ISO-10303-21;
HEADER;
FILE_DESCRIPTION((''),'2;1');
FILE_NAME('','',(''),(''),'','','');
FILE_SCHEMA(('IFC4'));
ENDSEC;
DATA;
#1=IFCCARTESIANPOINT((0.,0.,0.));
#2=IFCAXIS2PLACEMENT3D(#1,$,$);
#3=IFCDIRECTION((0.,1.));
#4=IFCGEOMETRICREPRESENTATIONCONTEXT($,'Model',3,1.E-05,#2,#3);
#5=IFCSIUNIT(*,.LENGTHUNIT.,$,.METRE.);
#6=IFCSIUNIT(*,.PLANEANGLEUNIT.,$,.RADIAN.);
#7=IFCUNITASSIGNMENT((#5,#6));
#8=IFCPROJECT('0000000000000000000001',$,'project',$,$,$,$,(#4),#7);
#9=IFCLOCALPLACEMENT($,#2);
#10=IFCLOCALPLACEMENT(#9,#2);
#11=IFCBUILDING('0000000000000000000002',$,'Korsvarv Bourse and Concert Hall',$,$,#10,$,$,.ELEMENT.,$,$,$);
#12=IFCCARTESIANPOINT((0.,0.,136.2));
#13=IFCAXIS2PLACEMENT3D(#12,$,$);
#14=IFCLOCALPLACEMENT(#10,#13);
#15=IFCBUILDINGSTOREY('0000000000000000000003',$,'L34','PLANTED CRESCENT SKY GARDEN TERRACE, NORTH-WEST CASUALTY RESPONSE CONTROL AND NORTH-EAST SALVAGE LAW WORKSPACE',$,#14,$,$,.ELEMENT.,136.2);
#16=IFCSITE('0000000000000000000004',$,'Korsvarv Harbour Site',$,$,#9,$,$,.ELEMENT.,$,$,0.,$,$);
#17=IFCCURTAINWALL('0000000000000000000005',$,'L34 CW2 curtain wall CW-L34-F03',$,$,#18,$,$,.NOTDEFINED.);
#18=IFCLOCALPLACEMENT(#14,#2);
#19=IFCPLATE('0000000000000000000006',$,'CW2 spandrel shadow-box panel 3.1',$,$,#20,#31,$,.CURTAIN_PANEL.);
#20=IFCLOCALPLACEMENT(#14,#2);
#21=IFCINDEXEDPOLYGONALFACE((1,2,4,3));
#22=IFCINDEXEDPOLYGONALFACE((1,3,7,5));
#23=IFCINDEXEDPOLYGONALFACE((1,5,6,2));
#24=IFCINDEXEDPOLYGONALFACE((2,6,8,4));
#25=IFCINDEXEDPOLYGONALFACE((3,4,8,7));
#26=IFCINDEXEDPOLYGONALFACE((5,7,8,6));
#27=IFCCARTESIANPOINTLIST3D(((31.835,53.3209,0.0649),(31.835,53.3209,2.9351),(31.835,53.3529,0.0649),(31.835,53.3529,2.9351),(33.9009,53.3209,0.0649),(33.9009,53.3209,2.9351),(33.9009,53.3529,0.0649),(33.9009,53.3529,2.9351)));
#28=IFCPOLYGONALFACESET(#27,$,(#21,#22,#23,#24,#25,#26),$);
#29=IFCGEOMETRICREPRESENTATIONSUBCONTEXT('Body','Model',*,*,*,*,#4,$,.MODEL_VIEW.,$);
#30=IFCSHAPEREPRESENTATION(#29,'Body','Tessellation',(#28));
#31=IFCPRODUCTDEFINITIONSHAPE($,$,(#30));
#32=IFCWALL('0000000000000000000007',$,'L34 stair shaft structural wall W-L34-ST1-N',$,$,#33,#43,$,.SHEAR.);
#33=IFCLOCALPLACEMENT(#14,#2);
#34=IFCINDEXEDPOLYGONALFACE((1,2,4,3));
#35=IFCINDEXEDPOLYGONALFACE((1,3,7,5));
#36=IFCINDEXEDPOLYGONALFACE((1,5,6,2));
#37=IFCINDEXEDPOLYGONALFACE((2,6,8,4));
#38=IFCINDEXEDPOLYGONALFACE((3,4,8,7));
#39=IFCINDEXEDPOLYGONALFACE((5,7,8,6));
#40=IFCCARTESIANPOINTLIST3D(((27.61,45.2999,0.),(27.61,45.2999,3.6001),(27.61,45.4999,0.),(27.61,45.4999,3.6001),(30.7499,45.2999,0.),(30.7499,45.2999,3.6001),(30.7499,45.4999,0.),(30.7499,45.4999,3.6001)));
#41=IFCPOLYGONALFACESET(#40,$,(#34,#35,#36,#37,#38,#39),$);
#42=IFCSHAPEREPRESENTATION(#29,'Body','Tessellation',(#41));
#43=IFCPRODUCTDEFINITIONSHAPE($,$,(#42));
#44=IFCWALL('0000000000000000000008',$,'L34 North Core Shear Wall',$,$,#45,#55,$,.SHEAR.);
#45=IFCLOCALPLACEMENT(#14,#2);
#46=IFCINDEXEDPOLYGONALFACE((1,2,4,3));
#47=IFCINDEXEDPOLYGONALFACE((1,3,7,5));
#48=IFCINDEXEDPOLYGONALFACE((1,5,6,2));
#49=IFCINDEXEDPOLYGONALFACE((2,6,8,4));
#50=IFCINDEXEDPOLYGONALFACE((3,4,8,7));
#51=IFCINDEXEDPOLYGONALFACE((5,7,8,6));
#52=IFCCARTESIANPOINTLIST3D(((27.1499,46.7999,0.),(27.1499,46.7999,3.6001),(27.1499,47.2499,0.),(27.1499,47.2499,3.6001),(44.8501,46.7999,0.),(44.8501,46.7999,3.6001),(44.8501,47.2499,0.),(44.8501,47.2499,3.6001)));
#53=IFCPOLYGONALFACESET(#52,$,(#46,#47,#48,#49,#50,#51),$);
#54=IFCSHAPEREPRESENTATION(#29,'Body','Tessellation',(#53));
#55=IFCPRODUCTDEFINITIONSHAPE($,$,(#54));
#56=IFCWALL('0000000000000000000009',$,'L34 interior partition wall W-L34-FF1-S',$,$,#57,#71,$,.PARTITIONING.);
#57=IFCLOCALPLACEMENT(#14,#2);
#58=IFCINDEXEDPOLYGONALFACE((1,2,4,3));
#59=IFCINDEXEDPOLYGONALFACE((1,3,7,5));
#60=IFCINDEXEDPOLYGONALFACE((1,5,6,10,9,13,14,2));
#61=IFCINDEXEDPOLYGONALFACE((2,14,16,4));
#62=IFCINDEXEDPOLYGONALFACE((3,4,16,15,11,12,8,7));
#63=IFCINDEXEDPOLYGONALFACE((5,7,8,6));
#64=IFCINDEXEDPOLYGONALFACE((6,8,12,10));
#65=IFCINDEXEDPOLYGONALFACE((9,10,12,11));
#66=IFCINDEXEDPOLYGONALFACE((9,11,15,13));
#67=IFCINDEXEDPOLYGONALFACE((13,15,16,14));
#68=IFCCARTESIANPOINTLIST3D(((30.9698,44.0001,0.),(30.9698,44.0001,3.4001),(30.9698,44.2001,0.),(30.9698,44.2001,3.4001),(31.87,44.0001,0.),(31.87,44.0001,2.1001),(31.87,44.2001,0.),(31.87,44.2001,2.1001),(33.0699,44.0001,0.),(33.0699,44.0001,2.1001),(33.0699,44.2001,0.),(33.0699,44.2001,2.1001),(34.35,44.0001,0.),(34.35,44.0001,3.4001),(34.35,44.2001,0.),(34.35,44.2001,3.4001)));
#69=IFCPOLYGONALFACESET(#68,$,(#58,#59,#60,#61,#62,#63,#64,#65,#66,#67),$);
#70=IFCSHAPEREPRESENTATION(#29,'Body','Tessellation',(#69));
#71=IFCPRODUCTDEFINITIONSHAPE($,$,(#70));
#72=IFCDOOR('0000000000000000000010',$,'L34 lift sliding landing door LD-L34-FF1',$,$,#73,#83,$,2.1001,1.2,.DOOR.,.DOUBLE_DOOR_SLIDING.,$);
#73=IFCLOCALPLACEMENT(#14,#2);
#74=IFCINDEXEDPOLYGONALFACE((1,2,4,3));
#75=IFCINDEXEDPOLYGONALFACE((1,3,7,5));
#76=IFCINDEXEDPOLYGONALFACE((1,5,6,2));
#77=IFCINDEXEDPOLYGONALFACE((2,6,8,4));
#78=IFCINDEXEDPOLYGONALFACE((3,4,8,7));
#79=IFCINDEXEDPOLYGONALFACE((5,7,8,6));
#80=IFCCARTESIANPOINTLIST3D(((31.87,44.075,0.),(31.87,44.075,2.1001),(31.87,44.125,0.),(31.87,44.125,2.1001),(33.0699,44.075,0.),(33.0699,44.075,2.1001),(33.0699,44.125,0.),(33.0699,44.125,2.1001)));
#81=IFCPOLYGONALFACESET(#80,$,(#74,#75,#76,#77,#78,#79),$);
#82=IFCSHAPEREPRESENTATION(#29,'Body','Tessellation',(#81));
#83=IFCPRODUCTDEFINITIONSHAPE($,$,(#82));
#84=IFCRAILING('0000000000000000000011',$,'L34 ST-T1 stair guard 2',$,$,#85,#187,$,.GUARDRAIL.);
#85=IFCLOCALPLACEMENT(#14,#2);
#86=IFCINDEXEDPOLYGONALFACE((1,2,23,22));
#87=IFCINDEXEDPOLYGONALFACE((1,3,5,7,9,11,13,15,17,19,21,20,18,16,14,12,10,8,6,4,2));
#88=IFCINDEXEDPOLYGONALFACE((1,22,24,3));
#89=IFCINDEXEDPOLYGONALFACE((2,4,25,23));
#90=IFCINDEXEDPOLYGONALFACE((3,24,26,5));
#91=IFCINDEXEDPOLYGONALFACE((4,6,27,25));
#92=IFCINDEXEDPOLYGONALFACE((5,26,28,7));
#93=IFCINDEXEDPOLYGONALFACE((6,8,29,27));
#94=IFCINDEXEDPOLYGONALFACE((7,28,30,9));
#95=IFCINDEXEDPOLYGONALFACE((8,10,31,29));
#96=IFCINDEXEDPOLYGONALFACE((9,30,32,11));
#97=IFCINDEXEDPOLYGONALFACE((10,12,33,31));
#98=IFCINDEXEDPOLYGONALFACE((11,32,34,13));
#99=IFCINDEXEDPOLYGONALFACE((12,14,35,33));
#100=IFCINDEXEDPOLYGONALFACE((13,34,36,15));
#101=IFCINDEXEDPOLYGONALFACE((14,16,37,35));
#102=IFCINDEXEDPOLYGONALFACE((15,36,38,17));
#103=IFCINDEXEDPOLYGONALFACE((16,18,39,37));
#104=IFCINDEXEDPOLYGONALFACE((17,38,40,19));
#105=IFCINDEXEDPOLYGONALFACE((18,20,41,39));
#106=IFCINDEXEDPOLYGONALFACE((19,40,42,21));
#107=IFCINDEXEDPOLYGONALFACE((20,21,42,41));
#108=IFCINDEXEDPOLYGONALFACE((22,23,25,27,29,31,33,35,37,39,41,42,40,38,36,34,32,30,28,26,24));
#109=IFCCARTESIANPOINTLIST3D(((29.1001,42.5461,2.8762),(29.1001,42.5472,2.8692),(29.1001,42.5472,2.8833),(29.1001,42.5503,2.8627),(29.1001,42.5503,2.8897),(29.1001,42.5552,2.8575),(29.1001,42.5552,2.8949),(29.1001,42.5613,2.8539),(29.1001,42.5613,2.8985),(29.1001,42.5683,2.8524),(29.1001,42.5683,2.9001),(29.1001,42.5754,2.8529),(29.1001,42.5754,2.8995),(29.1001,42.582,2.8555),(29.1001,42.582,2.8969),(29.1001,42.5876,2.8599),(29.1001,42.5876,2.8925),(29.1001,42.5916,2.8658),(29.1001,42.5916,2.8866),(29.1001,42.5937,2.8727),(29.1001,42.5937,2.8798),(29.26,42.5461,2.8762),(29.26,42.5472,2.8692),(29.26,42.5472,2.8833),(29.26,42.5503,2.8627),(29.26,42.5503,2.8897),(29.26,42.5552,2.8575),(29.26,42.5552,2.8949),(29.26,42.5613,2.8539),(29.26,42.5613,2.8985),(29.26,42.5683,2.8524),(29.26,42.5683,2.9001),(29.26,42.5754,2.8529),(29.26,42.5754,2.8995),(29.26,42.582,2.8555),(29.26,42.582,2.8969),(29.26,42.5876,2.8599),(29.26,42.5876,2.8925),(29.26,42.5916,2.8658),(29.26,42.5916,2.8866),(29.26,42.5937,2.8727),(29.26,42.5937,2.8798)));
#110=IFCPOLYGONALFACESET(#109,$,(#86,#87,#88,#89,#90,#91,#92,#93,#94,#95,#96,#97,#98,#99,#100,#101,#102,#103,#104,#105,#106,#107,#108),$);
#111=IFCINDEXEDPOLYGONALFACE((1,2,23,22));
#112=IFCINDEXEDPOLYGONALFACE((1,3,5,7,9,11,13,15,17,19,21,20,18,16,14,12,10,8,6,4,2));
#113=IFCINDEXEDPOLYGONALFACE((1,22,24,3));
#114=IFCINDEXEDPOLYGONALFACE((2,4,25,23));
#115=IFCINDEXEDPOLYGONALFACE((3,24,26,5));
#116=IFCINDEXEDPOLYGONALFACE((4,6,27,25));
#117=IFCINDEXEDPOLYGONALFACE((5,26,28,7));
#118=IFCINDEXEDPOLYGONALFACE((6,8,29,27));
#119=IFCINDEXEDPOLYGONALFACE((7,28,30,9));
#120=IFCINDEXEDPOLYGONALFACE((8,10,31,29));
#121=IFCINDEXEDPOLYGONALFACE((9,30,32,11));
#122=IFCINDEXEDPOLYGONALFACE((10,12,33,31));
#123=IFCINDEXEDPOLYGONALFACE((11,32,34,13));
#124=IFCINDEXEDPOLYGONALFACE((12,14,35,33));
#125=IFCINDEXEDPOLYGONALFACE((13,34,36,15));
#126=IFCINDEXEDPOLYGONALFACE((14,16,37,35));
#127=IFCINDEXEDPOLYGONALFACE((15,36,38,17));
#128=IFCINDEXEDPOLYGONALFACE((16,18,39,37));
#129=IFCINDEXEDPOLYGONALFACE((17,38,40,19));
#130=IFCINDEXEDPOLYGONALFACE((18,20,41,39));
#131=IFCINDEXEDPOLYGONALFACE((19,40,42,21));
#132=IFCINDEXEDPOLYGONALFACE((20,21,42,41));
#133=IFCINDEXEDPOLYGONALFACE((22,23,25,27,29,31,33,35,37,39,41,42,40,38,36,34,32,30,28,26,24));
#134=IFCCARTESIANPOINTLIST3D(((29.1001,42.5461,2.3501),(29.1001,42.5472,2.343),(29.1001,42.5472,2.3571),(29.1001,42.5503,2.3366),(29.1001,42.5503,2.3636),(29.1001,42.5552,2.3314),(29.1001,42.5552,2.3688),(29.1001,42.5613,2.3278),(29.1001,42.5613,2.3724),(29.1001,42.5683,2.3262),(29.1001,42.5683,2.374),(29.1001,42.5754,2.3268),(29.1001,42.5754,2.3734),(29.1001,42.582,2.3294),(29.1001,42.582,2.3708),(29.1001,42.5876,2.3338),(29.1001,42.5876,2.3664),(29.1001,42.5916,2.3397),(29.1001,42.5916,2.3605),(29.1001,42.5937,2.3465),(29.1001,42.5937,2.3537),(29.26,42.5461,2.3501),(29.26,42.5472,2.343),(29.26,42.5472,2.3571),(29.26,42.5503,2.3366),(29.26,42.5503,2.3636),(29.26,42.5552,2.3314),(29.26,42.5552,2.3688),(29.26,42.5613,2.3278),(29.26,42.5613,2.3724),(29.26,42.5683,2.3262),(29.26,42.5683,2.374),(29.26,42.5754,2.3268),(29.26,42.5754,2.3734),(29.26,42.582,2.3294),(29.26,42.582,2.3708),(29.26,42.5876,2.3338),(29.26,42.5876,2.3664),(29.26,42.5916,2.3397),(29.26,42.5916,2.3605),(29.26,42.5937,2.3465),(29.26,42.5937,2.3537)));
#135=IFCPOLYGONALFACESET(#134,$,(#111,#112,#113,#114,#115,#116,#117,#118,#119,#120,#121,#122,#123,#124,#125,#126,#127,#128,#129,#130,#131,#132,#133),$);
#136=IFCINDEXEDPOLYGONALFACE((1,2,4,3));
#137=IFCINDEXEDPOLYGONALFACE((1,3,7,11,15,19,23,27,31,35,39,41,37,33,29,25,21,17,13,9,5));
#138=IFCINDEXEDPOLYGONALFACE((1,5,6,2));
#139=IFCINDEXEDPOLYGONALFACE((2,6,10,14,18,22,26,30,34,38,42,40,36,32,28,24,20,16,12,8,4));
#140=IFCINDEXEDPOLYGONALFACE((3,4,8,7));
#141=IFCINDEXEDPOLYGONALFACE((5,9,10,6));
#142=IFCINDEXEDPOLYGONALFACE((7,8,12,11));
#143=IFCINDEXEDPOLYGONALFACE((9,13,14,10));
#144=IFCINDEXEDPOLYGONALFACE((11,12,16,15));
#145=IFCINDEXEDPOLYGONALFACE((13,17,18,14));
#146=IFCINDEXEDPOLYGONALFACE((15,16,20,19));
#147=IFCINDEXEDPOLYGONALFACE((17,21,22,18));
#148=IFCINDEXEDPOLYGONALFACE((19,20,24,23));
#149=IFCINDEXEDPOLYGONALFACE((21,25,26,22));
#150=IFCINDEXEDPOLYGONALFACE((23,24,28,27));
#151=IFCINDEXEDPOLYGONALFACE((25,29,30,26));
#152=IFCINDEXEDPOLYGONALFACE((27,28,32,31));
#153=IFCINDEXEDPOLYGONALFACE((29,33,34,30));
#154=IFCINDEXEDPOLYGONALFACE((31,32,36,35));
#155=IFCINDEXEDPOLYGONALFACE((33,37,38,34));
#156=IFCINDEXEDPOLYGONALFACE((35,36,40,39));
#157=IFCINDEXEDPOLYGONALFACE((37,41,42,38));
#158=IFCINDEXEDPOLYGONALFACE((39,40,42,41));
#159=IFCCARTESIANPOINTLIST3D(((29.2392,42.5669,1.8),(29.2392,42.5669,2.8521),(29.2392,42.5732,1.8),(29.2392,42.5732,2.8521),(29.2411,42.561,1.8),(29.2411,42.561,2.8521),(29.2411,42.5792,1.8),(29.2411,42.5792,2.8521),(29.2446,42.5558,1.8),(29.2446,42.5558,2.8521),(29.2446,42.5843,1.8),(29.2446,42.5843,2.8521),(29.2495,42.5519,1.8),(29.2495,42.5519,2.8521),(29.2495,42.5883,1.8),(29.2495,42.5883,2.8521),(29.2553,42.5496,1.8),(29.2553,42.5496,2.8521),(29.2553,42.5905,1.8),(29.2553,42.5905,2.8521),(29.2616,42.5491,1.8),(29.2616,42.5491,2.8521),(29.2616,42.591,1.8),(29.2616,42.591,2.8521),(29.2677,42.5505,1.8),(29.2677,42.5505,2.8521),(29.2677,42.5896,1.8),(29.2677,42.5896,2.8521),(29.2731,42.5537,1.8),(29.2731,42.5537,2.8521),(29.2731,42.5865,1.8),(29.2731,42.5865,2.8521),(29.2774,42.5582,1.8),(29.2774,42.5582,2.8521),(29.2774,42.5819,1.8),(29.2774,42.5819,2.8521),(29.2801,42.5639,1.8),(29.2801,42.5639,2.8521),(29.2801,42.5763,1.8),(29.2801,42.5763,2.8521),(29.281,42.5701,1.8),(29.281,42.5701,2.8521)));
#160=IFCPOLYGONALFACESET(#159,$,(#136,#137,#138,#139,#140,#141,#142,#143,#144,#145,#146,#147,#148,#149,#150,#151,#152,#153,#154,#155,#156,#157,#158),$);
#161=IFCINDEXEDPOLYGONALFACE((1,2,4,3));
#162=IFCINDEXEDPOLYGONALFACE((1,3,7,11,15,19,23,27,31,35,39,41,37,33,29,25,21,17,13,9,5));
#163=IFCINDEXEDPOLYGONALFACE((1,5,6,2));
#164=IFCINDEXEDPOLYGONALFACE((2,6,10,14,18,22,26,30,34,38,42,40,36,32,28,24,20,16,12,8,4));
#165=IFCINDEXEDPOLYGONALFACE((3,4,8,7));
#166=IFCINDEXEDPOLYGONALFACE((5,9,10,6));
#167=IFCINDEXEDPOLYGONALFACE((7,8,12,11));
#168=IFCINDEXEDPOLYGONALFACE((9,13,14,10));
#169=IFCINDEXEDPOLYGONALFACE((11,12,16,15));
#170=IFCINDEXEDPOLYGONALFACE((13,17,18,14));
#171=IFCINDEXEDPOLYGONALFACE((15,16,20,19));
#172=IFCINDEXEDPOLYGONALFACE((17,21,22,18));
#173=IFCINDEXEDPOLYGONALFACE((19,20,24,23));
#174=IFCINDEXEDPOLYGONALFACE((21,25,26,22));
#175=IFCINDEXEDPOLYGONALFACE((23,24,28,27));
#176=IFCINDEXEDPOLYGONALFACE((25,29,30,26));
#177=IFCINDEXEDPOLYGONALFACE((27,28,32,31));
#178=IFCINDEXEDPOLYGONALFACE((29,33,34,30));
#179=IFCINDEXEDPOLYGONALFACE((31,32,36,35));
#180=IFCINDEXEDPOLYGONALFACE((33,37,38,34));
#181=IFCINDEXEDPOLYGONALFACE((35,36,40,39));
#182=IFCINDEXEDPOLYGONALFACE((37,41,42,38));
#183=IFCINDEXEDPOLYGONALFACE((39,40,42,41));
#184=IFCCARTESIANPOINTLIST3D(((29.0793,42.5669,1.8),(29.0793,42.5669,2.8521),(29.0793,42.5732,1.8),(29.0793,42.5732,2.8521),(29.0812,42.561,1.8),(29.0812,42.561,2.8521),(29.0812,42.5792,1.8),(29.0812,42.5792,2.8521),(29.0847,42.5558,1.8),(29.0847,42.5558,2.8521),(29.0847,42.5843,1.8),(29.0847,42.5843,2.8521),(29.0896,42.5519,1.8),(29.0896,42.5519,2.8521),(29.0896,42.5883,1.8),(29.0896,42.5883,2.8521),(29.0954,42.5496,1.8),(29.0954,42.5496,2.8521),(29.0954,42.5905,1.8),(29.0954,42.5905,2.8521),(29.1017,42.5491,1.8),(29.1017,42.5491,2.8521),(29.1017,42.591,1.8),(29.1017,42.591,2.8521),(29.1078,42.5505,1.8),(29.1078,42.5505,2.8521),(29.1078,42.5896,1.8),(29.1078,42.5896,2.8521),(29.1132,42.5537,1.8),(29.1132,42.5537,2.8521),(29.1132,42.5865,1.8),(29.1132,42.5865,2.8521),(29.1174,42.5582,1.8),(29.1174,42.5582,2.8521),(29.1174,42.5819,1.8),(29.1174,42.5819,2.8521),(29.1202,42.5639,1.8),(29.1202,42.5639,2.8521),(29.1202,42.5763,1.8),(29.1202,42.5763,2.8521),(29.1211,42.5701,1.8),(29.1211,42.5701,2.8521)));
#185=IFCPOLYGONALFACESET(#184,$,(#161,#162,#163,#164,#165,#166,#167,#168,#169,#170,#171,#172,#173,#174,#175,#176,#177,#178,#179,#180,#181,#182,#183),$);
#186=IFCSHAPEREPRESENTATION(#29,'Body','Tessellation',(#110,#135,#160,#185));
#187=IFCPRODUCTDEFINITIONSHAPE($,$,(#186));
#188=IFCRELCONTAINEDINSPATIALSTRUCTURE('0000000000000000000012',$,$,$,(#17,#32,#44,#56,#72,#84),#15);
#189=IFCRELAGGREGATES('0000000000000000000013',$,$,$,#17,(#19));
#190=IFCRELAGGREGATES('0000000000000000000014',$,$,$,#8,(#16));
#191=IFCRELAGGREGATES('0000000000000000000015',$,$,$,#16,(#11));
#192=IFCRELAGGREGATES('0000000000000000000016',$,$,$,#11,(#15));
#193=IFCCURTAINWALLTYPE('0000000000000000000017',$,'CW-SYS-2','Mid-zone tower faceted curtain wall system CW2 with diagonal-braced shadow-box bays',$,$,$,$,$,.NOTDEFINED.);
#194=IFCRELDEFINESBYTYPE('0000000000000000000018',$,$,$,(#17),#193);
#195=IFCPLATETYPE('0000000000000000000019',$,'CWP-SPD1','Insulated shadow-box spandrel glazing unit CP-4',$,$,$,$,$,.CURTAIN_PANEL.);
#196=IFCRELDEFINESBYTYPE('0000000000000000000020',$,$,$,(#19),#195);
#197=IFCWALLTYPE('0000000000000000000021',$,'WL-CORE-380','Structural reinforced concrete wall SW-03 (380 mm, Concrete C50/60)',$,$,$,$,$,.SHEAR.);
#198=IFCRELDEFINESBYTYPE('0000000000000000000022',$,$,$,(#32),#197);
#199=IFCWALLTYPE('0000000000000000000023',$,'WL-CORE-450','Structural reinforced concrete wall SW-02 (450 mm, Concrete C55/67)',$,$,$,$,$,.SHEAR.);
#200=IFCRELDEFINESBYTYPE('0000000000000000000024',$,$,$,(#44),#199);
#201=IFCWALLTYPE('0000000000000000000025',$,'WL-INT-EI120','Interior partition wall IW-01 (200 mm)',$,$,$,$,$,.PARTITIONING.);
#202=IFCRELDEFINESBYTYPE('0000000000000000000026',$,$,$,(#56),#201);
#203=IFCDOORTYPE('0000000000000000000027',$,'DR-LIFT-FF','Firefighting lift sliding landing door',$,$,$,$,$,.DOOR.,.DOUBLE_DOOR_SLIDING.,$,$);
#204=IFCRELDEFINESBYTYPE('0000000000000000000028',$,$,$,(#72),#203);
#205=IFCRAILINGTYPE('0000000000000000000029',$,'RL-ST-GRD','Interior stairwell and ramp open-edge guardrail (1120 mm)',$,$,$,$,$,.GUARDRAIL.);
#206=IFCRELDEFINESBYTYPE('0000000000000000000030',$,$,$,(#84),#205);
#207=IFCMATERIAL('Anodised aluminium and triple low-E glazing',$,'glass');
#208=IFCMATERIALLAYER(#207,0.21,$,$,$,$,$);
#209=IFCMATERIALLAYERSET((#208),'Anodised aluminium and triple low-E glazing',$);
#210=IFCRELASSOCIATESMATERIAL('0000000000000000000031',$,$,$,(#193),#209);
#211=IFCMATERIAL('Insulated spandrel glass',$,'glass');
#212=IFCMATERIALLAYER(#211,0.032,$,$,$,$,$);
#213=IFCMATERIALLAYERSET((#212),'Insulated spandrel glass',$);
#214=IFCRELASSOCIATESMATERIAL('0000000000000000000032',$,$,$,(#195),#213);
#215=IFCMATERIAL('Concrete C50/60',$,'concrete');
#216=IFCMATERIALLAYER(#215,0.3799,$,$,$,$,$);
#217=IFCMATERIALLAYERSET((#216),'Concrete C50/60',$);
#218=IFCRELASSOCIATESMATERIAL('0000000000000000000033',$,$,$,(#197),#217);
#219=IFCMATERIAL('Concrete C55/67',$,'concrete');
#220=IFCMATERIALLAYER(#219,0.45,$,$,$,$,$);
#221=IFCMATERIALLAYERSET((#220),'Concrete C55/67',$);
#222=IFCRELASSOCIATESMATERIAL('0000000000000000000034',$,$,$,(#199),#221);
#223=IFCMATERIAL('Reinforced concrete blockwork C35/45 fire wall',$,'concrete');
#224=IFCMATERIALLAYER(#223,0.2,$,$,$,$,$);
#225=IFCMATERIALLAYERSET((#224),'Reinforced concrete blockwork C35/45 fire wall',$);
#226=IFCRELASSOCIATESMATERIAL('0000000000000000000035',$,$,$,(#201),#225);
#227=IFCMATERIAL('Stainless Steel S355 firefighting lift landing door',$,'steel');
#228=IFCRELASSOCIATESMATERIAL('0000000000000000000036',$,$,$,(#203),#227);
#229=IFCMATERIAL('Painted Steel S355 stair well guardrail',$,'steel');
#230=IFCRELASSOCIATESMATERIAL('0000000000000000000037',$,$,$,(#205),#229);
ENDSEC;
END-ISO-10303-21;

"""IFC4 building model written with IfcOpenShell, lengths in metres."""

from ifc_helpers import new_model, si_unit, direction, frame, frame_2d, origin, origin_2d, place, context, subcontext, project, spatial, rectangle, circle, extrude, source, transform, mapped, material, layer, layer_set, type_object, element, fill, aggregate, save


model = new_model("IFC4")

# Units and contexts
model_context = context("Model", 3, precision=1e-05, world=origin(), true_north=direction((0.0, 1.0)))
body_context = subcontext(model_context, "Body", "Model", "MODEL_VIEW")
ifc_project = project(units=[si_unit("LENGTHUNIT", "METRE"), si_unit("PLANEANGLEUNIT", "RADIAN")], contexts=[model_context])

# Site, building, storey
site_placement = place(None, origin())
site = spatial("IfcSite", under=ifc_project, at=site_placement, Name="Korsvarv Harbour Site", CompositionType="ELEMENT", RefElevation=0.0)
building_placement = place(site_placement, origin())
building = spatial("IfcBuilding", under=site, at=building_placement, Name="Korsvarv Bourse and Concert Hall", CompositionType="ELEMENT")
storey_placement = place(building_placement, frame((0.0, 0.0, 136.2)))
storey = spatial("IfcBuildingStorey", under=building, at=storey_placement, Name="L34", Description="PLANTED CRESCENT SKY GARDEN TERRACE, NORTH-WEST CASUALTY RESPONSE CONTROL AND NORTH-EAST SALVAGE LAW WORKSPACE", CompositionType="ELEMENT", Elevation=136.2)

# Curtain wall, plate
ifc_material_1 = material(Name="Anodised aluminium and triple low-E glazing", Category="glass")
ifc_layer_1 = layer(ifc_material_1, 0.21)
ifc_layer_set_1 = layer_set([ifc_layer_1], Name="Anodised aluminium and triple low-E glazing")
curtain_wall_type = type_object("IfcCurtainWallType", Name="CW-SYS-2", Description="Mid-zone tower faceted curtain wall system CW2 with diagonal-braced shadow-box bays", PredefinedType="NOTDEFINED", material=ifc_layer_set_1)
curtain_wall_placement = place(storey_placement, origin())
curtain_wall = element("IfcCurtainWall", 1, at=curtain_wall_placement, inside=storey, type_object=curtain_wall_type, Name="L34 CW2 curtain wall CW-L34-F03", PredefinedType="NOTDEFINED")
ifc_material_2 = material(Name="Insulated spandrel glass", Category="glass")
ifc_layer_2 = layer(ifc_material_2, 0.032)
ifc_layer_set_2 = layer_set([ifc_layer_2], Name="Insulated spandrel glass")
plate_type_1 = type_object("IfcPlateType", Name="CWP-SPD1", Description="Insulated shadow-box spandrel glazing unit CP-4", PredefinedType="CURTAIN_PANEL", material=ifc_layer_set_2)
shared_shape_1 = source(origin(), body_context, "Body", "SweptSolid", [
    extrude(rectangle(XDim=2.0659, YDim=0.032, at=origin_2d()), origin(), (0.0, 0.0, 1.0), 2.8701),
])
plate_1_placement = place(storey_placement, frame((32.8679, 53.3369, 0.0649), z_axis=(0.0, 0.0, 1.0), x_axis=(-1.0, 0.0, 0.0)))
plate_1 = element("IfcPlate", 2, at=plate_1_placement, type_object=plate_type_1, Name="CW2 spandrel shadow-box panel 3.1", PredefinedType="CURTAIN_PANEL", context=body_context, shape_type="MappedRepresentation", body=[
    mapped(shared_shape_1, transform((0.0, 0.0, 0.0), scale=1.0)),
])
aggregate(curtain_wall, [plate_1])

# Walls
ifc_material_3 = material(Name="Concrete C50/60", Category="concrete")
ifc_layer_3 = layer(ifc_material_3, 0.3799)
ifc_layer_set_3 = layer_set([ifc_layer_3], Name="Concrete C50/60")
wall_type_1 = type_object("IfcWallType", Name="WL-CORE-380", Description="Structural reinforced concrete wall SW-03 (380 mm, Concrete C50/60)", PredefinedType="SHEAR", material=ifc_layer_set_3)
wall_1_placement = place(storey_placement, frame((27.6101, 45.3999, 0.0), z_axis=(0.0, 0.0, 1.0), x_axis=(1.0, 0.0, 0.0)))
element("IfcWall", 3, at=wall_1_placement, inside=storey, type_object=wall_type_1, Name="L34 stair shaft structural wall W-L34-ST1-N", PredefinedType="SHEAR", context=body_context, shape_type="SweptSolid", body=[
    extrude(rectangle(XDim=3.1399, YDim=0.2, at=frame_2d((1.5698, 0.0))), origin(), (0.0, 0.0, 1.0), 3.6001),
])
ifc_material_4 = material(Name="Concrete C55/67", Category="concrete")
ifc_layer_4 = layer(ifc_material_4, 0.45)
ifc_layer_set_4 = layer_set([ifc_layer_4], Name="Concrete C55/67")
wall_type_2 = type_object("IfcWallType", Name="WL-CORE-450", Description="Structural reinforced concrete wall SW-02 (450 mm, Concrete C55/67)", PredefinedType="SHEAR", material=ifc_layer_set_4)
wall_2_placement = place(storey_placement, frame((27.1499, 47.0249, 0.0), z_axis=(0.0, 0.0, 1.0), x_axis=(1.0, 0.0, 0.0)))
element("IfcWall", 4, at=wall_2_placement, inside=storey, type_object=wall_type_2, Name="L34 North Core Shear Wall", PredefinedType="SHEAR", context=body_context, shape_type="SweptSolid", body=[
    extrude(rectangle(XDim=17.7002, YDim=0.45, at=frame_2d((8.8501, 0.0))), origin(), (0.0, 0.0, 1.0), 3.6001),
])

# Wall, opening, door
ifc_material_5 = material(Name="Reinforced concrete blockwork C35/45 fire wall", Category="concrete")
ifc_layer_5 = layer(ifc_material_5, 0.2)
ifc_layer_set_5 = layer_set([ifc_layer_5], Name="Reinforced concrete blockwork C35/45 fire wall")
wall_type_3 = type_object("IfcWallType", Name="WL-INT-EI120", Description="Interior partition wall IW-01 (200 mm)", PredefinedType="PARTITIONING", material=ifc_layer_set_5)
wall_3_placement = place(storey_placement, frame((30.97, 44.1001, 0.0), z_axis=(0.0, 0.0, 1.0), x_axis=(1.0, 0.0, 0.0)))
wall_3 = element("IfcWall", 5, at=wall_3_placement, inside=storey, type_object=wall_type_3, Name="L34 interior partition wall W-L34-FF1-S", PredefinedType="PARTITIONING", context=body_context, shape_type="SweptSolid", body=[
    extrude(rectangle(XDim=3.3801, YDim=0.2, at=frame_2d((1.6899, 0.0))), origin(), (0.0, 0.0, 1.0), 3.4001),
])
opening_placement = place(wall_3_placement, frame((0.8999, 0.0, 0.0)))
opening = element("IfcOpeningElement", 6, at=opening_placement, cuts=wall_3, PredefinedType="OPENING", context=body_context, shape_type="SweptSolid", body=[
    extrude(rectangle(XDim=1.2, YDim=2.1001, at=frame_2d((0.6001, 1.05))), frame((0.0, 0.1099, 0.0), z_axis=(0.0, -1.0, 0.0), x_axis=(1.0, 0.0, 0.0)), (0.0, 0.0, 1.0), 0.22),
])
ifc_material_6 = material(Name="Stainless Steel S355 firefighting lift landing door", Category="steel")
door_type = type_object("IfcDoorType", Name="DR-LIFT-FF", Description="Firefighting lift sliding landing door", OperationType="DOUBLE_DOOR_SLIDING", PredefinedType="DOOR", material=ifc_material_6)
door_placement = place(opening_placement, origin())
door = element("IfcDoor", 7, at=door_placement, inside=storey, type_object=door_type, Name="L34 lift sliding landing door LD-L34-FF1", OperationType="DOUBLE_DOOR_SLIDING", OverallHeight=2.1001, OverallWidth=1.2, PredefinedType="DOOR", context=body_context, shape_type="SweptSolid", body=[
    extrude(rectangle(XDim=1.2, YDim=2.1001, at=frame_2d((0.6001, 1.05))), frame((0.0, 0.0249, 0.0), z_axis=(0.0, -1.0, 0.0), x_axis=(1.0, 0.0, 0.0)), (0.0, 0.0, 1.0), 0.05),
])
fill(opening, door)

# Railing
ifc_material_7 = material(Name="Painted Steel S355 stair well guardrail", Category="steel")
railing_type = type_object("IfcRailingType", Name="RL-ST-GRD", Description="Interior stairwell and ramp open-edge guardrail (1120 mm)", PredefinedType="GUARDRAIL", material=ifc_material_7)
railing_1_placement = place(storey_placement, frame((29.26, 42.5701, 1.8)))
element("IfcRailing", 8, at=railing_1_placement, inside=storey, type_object=railing_type, Name="L34 ST-T1 stair guard 2", PredefinedType="GUARDRAIL", context=body_context, shape_type="SweptSolid", body=[
    extrude(circle(Radius=0.0239, at=origin_2d()), frame((0.0, 0.0, 1.0762), z_axis=(-1.0, 0.0, 0.0), x_axis=(0.0, -1.0, 0.0)), (0.0, 0.0, 1.0), 0.1599),
    extrude(circle(Radius=0.0239, at=origin_2d()), frame((0.0, 0.0, 0.55), z_axis=(-1.0, 0.0, 0.0), x_axis=(0.0, -1.0, 0.0)), (0.0, 0.0, 1.0), 0.1599),
    extrude(circle(Radius=0.021, at=origin_2d()), origin(), (0.0, 0.0, 1.0), 1.052),
    extrude(circle(Radius=0.021, at=origin_2d()), frame((-0.1599, 0.0, 0.0)), (0.0, 0.0, 1.0), 1.052),
])

save(model, "model.ifc")
